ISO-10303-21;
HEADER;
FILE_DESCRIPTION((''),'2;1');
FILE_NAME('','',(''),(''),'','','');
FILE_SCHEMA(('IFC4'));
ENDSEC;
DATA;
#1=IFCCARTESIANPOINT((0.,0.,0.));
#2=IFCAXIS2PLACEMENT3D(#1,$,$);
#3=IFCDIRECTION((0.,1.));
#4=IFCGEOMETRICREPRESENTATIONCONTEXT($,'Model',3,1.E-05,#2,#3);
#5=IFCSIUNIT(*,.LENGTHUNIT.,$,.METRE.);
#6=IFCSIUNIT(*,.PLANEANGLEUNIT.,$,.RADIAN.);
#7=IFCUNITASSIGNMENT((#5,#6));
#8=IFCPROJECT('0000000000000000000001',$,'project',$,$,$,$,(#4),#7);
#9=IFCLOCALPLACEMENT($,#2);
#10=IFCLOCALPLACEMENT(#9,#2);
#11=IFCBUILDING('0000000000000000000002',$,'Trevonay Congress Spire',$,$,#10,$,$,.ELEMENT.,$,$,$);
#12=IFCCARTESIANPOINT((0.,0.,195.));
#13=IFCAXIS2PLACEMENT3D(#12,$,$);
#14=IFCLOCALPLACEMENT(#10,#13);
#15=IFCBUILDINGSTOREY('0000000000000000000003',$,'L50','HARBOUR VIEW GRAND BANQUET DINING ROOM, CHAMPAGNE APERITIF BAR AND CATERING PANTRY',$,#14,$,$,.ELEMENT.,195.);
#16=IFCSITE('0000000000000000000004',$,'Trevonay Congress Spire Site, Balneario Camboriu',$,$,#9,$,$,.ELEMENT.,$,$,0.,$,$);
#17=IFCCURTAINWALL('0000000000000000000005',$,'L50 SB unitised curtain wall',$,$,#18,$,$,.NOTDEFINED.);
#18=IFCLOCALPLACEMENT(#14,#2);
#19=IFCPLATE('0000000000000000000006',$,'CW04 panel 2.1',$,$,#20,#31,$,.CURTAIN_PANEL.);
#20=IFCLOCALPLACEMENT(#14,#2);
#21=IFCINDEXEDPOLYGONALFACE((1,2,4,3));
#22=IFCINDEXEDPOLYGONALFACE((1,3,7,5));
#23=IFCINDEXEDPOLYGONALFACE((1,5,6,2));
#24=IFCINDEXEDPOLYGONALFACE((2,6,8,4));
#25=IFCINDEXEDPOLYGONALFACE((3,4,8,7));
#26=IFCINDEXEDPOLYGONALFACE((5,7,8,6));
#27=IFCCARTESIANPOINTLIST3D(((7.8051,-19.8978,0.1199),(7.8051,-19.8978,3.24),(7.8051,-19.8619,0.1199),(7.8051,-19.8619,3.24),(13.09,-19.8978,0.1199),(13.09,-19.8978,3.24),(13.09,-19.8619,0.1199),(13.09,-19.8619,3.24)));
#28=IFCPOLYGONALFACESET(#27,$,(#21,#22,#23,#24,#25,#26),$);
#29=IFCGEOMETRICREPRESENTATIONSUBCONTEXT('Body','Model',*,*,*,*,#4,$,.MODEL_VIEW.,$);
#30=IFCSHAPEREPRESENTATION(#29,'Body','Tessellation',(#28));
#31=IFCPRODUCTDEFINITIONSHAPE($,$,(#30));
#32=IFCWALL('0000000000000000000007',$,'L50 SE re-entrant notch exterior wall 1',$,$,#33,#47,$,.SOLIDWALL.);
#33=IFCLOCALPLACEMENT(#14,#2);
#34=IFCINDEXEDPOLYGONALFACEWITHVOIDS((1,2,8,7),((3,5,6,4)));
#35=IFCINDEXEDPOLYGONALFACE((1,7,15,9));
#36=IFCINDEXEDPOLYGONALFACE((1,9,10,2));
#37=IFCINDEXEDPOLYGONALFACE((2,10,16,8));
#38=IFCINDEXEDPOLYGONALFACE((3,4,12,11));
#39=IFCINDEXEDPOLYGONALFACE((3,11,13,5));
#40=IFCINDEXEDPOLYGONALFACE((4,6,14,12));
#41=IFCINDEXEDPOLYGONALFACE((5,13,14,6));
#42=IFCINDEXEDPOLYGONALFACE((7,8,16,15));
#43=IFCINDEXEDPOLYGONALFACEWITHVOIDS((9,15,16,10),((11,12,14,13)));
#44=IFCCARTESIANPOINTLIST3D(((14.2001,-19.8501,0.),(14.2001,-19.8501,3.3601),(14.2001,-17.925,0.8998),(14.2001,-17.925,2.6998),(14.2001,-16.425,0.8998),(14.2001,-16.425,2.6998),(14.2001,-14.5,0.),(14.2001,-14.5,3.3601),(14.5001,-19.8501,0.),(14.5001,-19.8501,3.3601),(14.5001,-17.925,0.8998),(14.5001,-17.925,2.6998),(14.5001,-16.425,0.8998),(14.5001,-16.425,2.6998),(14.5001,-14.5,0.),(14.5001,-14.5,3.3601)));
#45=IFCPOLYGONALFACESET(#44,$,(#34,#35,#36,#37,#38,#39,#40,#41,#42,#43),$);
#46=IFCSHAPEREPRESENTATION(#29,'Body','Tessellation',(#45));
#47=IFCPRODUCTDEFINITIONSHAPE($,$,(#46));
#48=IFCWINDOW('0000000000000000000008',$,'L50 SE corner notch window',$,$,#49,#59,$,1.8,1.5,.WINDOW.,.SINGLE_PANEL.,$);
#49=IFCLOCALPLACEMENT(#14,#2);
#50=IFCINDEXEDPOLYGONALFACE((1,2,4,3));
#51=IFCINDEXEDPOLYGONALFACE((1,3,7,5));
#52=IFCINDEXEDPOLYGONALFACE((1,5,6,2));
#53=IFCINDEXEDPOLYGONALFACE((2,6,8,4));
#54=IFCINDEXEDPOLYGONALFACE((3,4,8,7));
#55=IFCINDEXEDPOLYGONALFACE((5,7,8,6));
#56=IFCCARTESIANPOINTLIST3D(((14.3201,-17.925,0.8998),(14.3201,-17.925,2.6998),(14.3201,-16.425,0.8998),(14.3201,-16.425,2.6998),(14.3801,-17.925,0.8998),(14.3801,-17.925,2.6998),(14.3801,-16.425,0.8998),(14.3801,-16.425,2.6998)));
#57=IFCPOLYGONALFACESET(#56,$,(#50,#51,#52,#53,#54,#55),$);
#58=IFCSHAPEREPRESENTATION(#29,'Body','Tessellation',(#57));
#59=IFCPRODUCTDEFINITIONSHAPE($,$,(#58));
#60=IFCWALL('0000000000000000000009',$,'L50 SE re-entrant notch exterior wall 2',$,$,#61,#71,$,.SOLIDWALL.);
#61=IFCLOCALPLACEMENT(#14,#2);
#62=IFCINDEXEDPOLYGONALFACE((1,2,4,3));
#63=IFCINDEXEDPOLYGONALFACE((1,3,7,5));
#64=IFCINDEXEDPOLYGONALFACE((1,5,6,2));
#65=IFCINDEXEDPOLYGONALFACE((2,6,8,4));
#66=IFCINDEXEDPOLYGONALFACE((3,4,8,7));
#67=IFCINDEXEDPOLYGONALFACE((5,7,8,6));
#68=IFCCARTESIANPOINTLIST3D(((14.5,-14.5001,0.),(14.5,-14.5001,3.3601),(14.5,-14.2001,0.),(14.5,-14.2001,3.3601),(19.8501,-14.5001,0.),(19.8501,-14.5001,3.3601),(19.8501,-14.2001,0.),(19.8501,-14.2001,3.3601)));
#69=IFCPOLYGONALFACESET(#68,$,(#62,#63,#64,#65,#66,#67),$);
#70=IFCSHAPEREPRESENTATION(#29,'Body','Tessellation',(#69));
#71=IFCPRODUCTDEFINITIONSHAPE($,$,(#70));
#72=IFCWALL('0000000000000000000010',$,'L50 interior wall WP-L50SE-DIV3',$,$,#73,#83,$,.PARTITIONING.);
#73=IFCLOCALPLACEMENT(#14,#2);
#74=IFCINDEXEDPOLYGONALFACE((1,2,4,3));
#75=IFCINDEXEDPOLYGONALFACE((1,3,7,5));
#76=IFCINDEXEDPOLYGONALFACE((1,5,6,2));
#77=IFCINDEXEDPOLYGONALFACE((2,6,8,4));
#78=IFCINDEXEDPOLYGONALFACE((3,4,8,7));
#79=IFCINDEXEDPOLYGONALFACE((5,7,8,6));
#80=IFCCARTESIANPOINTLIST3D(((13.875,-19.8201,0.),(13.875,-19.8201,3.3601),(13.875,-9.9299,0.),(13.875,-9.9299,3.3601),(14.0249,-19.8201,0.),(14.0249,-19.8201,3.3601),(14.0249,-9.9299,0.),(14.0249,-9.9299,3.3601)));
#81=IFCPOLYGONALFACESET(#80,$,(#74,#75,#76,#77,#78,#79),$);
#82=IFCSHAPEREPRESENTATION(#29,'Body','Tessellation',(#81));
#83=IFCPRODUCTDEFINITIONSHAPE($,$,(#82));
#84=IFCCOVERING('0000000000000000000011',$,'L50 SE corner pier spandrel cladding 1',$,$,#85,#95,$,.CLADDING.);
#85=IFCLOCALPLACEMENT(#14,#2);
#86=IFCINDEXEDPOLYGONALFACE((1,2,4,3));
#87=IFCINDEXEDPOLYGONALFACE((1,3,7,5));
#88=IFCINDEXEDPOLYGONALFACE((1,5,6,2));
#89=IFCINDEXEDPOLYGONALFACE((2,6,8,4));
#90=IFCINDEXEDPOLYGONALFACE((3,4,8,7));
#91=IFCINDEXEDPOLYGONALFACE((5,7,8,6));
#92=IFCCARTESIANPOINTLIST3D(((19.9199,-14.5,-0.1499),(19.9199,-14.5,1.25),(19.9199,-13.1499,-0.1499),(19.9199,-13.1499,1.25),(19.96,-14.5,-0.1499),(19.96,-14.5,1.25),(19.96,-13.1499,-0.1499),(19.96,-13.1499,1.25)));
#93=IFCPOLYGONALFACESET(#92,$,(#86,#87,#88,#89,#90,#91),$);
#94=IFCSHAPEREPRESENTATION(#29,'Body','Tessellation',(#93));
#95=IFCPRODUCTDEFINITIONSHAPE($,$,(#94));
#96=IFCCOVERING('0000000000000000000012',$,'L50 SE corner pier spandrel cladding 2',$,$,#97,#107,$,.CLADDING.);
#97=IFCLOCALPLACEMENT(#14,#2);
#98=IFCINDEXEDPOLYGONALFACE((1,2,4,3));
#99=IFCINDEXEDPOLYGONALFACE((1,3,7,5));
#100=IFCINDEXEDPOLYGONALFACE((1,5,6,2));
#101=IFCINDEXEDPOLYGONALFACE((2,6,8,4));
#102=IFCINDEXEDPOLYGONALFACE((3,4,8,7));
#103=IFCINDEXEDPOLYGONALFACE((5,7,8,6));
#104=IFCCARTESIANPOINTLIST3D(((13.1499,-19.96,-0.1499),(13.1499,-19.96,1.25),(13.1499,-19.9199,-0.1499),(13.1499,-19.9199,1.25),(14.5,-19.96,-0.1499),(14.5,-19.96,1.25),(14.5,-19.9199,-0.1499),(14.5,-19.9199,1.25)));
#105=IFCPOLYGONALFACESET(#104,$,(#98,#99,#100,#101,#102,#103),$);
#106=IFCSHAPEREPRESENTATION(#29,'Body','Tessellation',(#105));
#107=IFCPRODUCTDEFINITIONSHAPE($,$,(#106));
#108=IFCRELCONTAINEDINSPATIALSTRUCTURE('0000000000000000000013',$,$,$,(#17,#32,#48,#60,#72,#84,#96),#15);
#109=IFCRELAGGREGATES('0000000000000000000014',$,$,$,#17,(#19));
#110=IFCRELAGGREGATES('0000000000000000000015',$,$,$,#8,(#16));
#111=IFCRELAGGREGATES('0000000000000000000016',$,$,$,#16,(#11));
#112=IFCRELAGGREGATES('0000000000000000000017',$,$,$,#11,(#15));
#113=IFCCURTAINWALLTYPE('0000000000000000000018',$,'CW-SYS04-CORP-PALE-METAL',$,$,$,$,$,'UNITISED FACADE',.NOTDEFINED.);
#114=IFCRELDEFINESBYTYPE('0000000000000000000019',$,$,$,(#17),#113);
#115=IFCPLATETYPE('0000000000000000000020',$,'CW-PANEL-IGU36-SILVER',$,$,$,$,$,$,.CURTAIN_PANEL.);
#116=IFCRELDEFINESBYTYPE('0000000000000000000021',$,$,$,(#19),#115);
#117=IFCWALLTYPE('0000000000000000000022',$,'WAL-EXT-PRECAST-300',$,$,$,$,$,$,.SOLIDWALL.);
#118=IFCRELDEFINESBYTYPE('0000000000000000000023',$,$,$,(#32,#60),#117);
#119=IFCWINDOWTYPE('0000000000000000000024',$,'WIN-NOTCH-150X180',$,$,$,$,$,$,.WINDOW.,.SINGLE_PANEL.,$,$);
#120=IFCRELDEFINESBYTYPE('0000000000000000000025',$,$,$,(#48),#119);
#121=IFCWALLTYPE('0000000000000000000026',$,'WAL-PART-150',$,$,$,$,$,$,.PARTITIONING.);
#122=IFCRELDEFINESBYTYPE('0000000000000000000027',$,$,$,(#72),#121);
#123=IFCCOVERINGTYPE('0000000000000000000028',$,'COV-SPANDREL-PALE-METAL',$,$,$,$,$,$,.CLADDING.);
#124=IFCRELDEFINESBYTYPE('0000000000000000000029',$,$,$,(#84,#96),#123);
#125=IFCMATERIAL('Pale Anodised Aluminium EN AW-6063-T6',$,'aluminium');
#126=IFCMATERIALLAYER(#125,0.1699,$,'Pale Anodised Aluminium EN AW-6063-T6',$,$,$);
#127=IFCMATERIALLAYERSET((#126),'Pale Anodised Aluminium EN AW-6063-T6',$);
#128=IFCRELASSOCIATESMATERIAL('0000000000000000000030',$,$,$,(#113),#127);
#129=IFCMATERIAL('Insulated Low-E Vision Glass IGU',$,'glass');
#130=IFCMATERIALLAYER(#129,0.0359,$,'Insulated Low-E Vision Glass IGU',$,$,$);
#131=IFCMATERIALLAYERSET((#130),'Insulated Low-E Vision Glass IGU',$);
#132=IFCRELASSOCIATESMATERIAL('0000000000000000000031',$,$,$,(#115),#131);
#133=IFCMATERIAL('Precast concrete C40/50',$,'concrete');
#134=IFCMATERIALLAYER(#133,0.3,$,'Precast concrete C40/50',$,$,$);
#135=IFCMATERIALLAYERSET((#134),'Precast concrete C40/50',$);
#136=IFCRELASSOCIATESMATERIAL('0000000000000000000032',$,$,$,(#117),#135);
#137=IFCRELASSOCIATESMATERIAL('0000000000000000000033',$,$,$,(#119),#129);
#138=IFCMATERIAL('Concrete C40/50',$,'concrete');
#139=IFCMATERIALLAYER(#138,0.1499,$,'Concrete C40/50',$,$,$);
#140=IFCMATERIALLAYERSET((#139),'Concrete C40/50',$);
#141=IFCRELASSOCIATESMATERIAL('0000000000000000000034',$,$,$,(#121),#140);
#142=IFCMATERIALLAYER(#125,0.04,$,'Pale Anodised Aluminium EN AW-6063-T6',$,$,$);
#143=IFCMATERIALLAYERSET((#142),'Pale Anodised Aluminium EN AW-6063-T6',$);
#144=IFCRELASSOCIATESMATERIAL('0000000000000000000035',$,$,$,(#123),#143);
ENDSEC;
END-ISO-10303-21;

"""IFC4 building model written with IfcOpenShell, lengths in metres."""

from ifc_helpers import new_model, si_unit, direction, frame, frame_2d, origin, origin_2d, place, context, subcontext, project, spatial, rectangle, extrude, material, layer, layer_set, type_object, element, fill, aggregate, save


model = new_model("IFC4")

# Units and contexts
model_context = context("Model", 3, precision=1e-05, world=origin(), true_north=direction((0.0, 1.0)))
body_context = subcontext(model_context, "Body", "Model", "MODEL_VIEW")
ifc_project = project(units=[si_unit("LENGTHUNIT", "METRE"), si_unit("PLANEANGLEUNIT", "RADIAN")], contexts=[model_context])

# Site, building, storey
site_placement = place(None, origin())
site = spatial("IfcSite", under=ifc_project, at=site_placement, Name="Trevonay Congress Spire Site, Balneario Camboriu", CompositionType="ELEMENT", RefElevation=0.0)
building_placement = place(site_placement, origin())
building = spatial("IfcBuilding", under=site, at=building_placement, Name="Trevonay Congress Spire", CompositionType="ELEMENT")
storey_placement = place(building_placement, frame((0.0, 0.0, 195.0)))
storey = spatial("IfcBuildingStorey", under=building, at=storey_placement, Name="L50", Description="HARBOUR VIEW GRAND BANQUET DINING ROOM, CHAMPAGNE APERITIF BAR AND CATERING PANTRY", CompositionType="ELEMENT", Elevation=195.0)

# Curtain wall
ifc_material_1 = material(Name="Pale Anodised Aluminium EN AW-6063-T6", Category="aluminium")
ifc_layer_1 = layer(ifc_material_1, 0.1699, Name="Pale Anodised Aluminium EN AW-6063-T6")
ifc_layer_set_1 = layer_set([ifc_layer_1], Name="Pale Anodised Aluminium EN AW-6063-T6")
curtain_wall_type = type_object("IfcCurtainWallType", Name="CW-SYS04-CORP-PALE-METAL", ElementType="UNITISED FACADE", PredefinedType="NOTDEFINED", material=ifc_layer_set_1)
curtain_wall_1_placement = place(storey_placement, origin())
curtain_wall_1 = element("IfcCurtainWall", 1, at=curtain_wall_1_placement, inside=storey, type_object=curtain_wall_type, Name="L50 SB unitised curtain wall", PredefinedType="NOTDEFINED")

# Plate
ifc_material_2 = material(Name="Insulated Low-E Vision Glass IGU", Category="glass")
ifc_layer_2 = layer(ifc_material_2, 0.0359, Name="Insulated Low-E Vision Glass IGU")
ifc_layer_set_2 = layer_set([ifc_layer_2], Name="Insulated Low-E Vision Glass IGU")
plate_type = type_object("IfcPlateType", Name="CW-PANEL-IGU36-SILVER", PredefinedType="CURTAIN_PANEL", material=ifc_layer_set_2)
plate_placement = place(storey_placement, frame((10.4475, -19.8799, 0.1199), z_axis=(0.0, 0.0, 1.0), x_axis=(1.0, 0.0, 0.0)))
plate = element("IfcPlate", 2, at=plate_placement, type_object=plate_type, Name="CW04 panel 2.1", PredefinedType="CURTAIN_PANEL", context=body_context, shape_type="SweptSolid", body=[
    extrude(rectangle(XDim=5.2849, YDim=0.0359, at=origin_2d()), origin(), (0.0, 0.0, 1.0), 3.1201),
])
aggregate(curtain_wall_1, [plate])

# Wall, opening, window
ifc_material_3 = material(Name="Precast concrete C40/50", Category="concrete")
ifc_layer_3 = layer(ifc_material_3, 0.3, Name="Precast concrete C40/50")
ifc_layer_set_3 = layer_set([ifc_layer_3], Name="Precast concrete C40/50")
wall_type_1 = type_object("IfcWallType", Name="WAL-EXT-PRECAST-300", PredefinedType="SOLIDWALL", material=ifc_layer_set_3)
wall_1_placement = place(storey_placement, frame((14.3501, -19.8501, 0.0), z_axis=(0.0, 0.0, 1.0), x_axis=(0.0, 1.0, 0.0)))
wall_1 = element("IfcWall", 3, at=wall_1_placement, inside=storey, type_object=wall_type_1, Name="L50 SE re-entrant notch exterior wall 1", PredefinedType="SOLIDWALL", context=body_context, shape_type="SweptSolid", body=[
    extrude(rectangle(XDim=5.3501, YDim=0.3, at=frame_2d((2.675, 0.0))), origin(), (0.0, 0.0, 1.0), 3.3601),
])
opening_placement = place(wall_1_placement, frame((1.925, 0.0, 0.8999)))
opening = element("IfcOpeningElement", 4, at=opening_placement, cuts=wall_1, PredefinedType="OPENING", context=body_context, shape_type="SweptSolid", body=[
    extrude(rectangle(XDim=1.5, YDim=1.8, at=frame_2d((0.75, 0.8999))), frame((0.0, 0.1602, 0.0), z_axis=(0.0, -1.0, 0.0), x_axis=(1.0, 0.0, 0.0)), (0.0, 0.0, 1.0), 0.3201),
])
window_type = type_object("IfcWindowType", Name="WIN-NOTCH-150X180", PartitioningType="SINGLE_PANEL", PredefinedType="WINDOW", material=ifc_material_2)
window_placement = place(opening_placement, origin())
window = element("IfcWindow", 5, at=window_placement, inside=storey, type_object=window_type, Name="L50 SE corner notch window", OverallHeight=1.8, OverallWidth=1.5, PartitioningType="SINGLE_PANEL", PredefinedType="WINDOW", context=body_context, shape_type="SweptSolid", body=[
    extrude(rectangle(XDim=1.5, YDim=1.8, at=frame_2d((0.75, 0.8999))), frame((0.0, 0.03, 0.0), z_axis=(0.0, -1.0, 0.0), x_axis=(1.0, 0.0, 0.0)), (0.0, 0.0, 1.0), 0.0601),
])
fill(opening, window)

# Walls
wall_2_placement = place(storey_placement, frame((19.8501, -14.3501, 0.0), z_axis=(0.0, 0.0, 1.0), x_axis=(-1.0, 0.0, 0.0)))
element("IfcWall", 6, at=wall_2_placement, inside=storey, type_object=wall_type_1, Name="L50 SE re-entrant notch exterior wall 2", PredefinedType="SOLIDWALL", context=body_context, shape_type="SweptSolid", body=[
    extrude(rectangle(XDim=5.3501, YDim=0.3, at=frame_2d((2.675, 0.0))), origin(), (0.0, 0.0, 1.0), 3.3601),
])
ifc_material_4 = material(Name="Concrete C40/50", Category="concrete")
ifc_layer_4 = layer(ifc_material_4, 0.1499, Name="Concrete C40/50")
ifc_layer_set_4 = layer_set([ifc_layer_4], Name="Concrete C40/50")
wall_type_2 = type_object("IfcWallType", Name="WAL-PART-150", PredefinedType="PARTITIONING", material=ifc_layer_set_4)
wall_3_placement = place(storey_placement, frame((13.95, -19.8201, 0.0), z_axis=(0.0, 0.0, 1.0), x_axis=(0.0, 1.0, 0.0)))
element("IfcWall", 7, at=wall_3_placement, inside=storey, type_object=wall_type_2, Name="L50 interior wall WP-L50SE-DIV3", PredefinedType="PARTITIONING", context=body_context, shape_type="SweptSolid", body=[
    extrude(rectangle(XDim=9.8901, YDim=0.1499, at=frame_2d((4.9451, 0.0))), origin(), (0.0, 0.0, 1.0), 3.3601),
])

# Coverings
ifc_layer_5 = layer(ifc_material_1, 0.04, Name="Pale Anodised Aluminium EN AW-6063-T6")
ifc_layer_set_5 = layer_set([ifc_layer_5], Name="Pale Anodised Aluminium EN AW-6063-T6")
covering_type = type_object("IfcCoveringType", Name="COV-SPANDREL-PALE-METAL", PredefinedType="CLADDING", material=ifc_layer_set_5)
for number, where, z_axis, x_axis, name in (
    (8, (19.9399, -13.1499, -0.1499), (0.0, 0.0, 1.0), (0.0, -1.0, 0.0), "L50 SE corner pier spandrel cladding 1"),
    (9, (13.1499, -19.9399, -0.1499), (0.0, 0.0, 1.0), (1.0, 0.0, 0.0), "L50 SE corner pier spandrel cladding 2"),
):
    element("IfcCovering", number, at=place(storey_placement, frame(where, z_axis=z_axis, x_axis=x_axis)), inside=storey, type_object=covering_type, Name=name, PredefinedType="CLADDING", context=body_context, shape_type="SweptSolid", body=[
        extrude(rectangle(XDim=1.3501, YDim=0.04, at=frame_2d((0.675, 0.0))), origin(), (0.0, 0.0, 1.0), 1.3999),
    ])

save(model, "model.ifc")
